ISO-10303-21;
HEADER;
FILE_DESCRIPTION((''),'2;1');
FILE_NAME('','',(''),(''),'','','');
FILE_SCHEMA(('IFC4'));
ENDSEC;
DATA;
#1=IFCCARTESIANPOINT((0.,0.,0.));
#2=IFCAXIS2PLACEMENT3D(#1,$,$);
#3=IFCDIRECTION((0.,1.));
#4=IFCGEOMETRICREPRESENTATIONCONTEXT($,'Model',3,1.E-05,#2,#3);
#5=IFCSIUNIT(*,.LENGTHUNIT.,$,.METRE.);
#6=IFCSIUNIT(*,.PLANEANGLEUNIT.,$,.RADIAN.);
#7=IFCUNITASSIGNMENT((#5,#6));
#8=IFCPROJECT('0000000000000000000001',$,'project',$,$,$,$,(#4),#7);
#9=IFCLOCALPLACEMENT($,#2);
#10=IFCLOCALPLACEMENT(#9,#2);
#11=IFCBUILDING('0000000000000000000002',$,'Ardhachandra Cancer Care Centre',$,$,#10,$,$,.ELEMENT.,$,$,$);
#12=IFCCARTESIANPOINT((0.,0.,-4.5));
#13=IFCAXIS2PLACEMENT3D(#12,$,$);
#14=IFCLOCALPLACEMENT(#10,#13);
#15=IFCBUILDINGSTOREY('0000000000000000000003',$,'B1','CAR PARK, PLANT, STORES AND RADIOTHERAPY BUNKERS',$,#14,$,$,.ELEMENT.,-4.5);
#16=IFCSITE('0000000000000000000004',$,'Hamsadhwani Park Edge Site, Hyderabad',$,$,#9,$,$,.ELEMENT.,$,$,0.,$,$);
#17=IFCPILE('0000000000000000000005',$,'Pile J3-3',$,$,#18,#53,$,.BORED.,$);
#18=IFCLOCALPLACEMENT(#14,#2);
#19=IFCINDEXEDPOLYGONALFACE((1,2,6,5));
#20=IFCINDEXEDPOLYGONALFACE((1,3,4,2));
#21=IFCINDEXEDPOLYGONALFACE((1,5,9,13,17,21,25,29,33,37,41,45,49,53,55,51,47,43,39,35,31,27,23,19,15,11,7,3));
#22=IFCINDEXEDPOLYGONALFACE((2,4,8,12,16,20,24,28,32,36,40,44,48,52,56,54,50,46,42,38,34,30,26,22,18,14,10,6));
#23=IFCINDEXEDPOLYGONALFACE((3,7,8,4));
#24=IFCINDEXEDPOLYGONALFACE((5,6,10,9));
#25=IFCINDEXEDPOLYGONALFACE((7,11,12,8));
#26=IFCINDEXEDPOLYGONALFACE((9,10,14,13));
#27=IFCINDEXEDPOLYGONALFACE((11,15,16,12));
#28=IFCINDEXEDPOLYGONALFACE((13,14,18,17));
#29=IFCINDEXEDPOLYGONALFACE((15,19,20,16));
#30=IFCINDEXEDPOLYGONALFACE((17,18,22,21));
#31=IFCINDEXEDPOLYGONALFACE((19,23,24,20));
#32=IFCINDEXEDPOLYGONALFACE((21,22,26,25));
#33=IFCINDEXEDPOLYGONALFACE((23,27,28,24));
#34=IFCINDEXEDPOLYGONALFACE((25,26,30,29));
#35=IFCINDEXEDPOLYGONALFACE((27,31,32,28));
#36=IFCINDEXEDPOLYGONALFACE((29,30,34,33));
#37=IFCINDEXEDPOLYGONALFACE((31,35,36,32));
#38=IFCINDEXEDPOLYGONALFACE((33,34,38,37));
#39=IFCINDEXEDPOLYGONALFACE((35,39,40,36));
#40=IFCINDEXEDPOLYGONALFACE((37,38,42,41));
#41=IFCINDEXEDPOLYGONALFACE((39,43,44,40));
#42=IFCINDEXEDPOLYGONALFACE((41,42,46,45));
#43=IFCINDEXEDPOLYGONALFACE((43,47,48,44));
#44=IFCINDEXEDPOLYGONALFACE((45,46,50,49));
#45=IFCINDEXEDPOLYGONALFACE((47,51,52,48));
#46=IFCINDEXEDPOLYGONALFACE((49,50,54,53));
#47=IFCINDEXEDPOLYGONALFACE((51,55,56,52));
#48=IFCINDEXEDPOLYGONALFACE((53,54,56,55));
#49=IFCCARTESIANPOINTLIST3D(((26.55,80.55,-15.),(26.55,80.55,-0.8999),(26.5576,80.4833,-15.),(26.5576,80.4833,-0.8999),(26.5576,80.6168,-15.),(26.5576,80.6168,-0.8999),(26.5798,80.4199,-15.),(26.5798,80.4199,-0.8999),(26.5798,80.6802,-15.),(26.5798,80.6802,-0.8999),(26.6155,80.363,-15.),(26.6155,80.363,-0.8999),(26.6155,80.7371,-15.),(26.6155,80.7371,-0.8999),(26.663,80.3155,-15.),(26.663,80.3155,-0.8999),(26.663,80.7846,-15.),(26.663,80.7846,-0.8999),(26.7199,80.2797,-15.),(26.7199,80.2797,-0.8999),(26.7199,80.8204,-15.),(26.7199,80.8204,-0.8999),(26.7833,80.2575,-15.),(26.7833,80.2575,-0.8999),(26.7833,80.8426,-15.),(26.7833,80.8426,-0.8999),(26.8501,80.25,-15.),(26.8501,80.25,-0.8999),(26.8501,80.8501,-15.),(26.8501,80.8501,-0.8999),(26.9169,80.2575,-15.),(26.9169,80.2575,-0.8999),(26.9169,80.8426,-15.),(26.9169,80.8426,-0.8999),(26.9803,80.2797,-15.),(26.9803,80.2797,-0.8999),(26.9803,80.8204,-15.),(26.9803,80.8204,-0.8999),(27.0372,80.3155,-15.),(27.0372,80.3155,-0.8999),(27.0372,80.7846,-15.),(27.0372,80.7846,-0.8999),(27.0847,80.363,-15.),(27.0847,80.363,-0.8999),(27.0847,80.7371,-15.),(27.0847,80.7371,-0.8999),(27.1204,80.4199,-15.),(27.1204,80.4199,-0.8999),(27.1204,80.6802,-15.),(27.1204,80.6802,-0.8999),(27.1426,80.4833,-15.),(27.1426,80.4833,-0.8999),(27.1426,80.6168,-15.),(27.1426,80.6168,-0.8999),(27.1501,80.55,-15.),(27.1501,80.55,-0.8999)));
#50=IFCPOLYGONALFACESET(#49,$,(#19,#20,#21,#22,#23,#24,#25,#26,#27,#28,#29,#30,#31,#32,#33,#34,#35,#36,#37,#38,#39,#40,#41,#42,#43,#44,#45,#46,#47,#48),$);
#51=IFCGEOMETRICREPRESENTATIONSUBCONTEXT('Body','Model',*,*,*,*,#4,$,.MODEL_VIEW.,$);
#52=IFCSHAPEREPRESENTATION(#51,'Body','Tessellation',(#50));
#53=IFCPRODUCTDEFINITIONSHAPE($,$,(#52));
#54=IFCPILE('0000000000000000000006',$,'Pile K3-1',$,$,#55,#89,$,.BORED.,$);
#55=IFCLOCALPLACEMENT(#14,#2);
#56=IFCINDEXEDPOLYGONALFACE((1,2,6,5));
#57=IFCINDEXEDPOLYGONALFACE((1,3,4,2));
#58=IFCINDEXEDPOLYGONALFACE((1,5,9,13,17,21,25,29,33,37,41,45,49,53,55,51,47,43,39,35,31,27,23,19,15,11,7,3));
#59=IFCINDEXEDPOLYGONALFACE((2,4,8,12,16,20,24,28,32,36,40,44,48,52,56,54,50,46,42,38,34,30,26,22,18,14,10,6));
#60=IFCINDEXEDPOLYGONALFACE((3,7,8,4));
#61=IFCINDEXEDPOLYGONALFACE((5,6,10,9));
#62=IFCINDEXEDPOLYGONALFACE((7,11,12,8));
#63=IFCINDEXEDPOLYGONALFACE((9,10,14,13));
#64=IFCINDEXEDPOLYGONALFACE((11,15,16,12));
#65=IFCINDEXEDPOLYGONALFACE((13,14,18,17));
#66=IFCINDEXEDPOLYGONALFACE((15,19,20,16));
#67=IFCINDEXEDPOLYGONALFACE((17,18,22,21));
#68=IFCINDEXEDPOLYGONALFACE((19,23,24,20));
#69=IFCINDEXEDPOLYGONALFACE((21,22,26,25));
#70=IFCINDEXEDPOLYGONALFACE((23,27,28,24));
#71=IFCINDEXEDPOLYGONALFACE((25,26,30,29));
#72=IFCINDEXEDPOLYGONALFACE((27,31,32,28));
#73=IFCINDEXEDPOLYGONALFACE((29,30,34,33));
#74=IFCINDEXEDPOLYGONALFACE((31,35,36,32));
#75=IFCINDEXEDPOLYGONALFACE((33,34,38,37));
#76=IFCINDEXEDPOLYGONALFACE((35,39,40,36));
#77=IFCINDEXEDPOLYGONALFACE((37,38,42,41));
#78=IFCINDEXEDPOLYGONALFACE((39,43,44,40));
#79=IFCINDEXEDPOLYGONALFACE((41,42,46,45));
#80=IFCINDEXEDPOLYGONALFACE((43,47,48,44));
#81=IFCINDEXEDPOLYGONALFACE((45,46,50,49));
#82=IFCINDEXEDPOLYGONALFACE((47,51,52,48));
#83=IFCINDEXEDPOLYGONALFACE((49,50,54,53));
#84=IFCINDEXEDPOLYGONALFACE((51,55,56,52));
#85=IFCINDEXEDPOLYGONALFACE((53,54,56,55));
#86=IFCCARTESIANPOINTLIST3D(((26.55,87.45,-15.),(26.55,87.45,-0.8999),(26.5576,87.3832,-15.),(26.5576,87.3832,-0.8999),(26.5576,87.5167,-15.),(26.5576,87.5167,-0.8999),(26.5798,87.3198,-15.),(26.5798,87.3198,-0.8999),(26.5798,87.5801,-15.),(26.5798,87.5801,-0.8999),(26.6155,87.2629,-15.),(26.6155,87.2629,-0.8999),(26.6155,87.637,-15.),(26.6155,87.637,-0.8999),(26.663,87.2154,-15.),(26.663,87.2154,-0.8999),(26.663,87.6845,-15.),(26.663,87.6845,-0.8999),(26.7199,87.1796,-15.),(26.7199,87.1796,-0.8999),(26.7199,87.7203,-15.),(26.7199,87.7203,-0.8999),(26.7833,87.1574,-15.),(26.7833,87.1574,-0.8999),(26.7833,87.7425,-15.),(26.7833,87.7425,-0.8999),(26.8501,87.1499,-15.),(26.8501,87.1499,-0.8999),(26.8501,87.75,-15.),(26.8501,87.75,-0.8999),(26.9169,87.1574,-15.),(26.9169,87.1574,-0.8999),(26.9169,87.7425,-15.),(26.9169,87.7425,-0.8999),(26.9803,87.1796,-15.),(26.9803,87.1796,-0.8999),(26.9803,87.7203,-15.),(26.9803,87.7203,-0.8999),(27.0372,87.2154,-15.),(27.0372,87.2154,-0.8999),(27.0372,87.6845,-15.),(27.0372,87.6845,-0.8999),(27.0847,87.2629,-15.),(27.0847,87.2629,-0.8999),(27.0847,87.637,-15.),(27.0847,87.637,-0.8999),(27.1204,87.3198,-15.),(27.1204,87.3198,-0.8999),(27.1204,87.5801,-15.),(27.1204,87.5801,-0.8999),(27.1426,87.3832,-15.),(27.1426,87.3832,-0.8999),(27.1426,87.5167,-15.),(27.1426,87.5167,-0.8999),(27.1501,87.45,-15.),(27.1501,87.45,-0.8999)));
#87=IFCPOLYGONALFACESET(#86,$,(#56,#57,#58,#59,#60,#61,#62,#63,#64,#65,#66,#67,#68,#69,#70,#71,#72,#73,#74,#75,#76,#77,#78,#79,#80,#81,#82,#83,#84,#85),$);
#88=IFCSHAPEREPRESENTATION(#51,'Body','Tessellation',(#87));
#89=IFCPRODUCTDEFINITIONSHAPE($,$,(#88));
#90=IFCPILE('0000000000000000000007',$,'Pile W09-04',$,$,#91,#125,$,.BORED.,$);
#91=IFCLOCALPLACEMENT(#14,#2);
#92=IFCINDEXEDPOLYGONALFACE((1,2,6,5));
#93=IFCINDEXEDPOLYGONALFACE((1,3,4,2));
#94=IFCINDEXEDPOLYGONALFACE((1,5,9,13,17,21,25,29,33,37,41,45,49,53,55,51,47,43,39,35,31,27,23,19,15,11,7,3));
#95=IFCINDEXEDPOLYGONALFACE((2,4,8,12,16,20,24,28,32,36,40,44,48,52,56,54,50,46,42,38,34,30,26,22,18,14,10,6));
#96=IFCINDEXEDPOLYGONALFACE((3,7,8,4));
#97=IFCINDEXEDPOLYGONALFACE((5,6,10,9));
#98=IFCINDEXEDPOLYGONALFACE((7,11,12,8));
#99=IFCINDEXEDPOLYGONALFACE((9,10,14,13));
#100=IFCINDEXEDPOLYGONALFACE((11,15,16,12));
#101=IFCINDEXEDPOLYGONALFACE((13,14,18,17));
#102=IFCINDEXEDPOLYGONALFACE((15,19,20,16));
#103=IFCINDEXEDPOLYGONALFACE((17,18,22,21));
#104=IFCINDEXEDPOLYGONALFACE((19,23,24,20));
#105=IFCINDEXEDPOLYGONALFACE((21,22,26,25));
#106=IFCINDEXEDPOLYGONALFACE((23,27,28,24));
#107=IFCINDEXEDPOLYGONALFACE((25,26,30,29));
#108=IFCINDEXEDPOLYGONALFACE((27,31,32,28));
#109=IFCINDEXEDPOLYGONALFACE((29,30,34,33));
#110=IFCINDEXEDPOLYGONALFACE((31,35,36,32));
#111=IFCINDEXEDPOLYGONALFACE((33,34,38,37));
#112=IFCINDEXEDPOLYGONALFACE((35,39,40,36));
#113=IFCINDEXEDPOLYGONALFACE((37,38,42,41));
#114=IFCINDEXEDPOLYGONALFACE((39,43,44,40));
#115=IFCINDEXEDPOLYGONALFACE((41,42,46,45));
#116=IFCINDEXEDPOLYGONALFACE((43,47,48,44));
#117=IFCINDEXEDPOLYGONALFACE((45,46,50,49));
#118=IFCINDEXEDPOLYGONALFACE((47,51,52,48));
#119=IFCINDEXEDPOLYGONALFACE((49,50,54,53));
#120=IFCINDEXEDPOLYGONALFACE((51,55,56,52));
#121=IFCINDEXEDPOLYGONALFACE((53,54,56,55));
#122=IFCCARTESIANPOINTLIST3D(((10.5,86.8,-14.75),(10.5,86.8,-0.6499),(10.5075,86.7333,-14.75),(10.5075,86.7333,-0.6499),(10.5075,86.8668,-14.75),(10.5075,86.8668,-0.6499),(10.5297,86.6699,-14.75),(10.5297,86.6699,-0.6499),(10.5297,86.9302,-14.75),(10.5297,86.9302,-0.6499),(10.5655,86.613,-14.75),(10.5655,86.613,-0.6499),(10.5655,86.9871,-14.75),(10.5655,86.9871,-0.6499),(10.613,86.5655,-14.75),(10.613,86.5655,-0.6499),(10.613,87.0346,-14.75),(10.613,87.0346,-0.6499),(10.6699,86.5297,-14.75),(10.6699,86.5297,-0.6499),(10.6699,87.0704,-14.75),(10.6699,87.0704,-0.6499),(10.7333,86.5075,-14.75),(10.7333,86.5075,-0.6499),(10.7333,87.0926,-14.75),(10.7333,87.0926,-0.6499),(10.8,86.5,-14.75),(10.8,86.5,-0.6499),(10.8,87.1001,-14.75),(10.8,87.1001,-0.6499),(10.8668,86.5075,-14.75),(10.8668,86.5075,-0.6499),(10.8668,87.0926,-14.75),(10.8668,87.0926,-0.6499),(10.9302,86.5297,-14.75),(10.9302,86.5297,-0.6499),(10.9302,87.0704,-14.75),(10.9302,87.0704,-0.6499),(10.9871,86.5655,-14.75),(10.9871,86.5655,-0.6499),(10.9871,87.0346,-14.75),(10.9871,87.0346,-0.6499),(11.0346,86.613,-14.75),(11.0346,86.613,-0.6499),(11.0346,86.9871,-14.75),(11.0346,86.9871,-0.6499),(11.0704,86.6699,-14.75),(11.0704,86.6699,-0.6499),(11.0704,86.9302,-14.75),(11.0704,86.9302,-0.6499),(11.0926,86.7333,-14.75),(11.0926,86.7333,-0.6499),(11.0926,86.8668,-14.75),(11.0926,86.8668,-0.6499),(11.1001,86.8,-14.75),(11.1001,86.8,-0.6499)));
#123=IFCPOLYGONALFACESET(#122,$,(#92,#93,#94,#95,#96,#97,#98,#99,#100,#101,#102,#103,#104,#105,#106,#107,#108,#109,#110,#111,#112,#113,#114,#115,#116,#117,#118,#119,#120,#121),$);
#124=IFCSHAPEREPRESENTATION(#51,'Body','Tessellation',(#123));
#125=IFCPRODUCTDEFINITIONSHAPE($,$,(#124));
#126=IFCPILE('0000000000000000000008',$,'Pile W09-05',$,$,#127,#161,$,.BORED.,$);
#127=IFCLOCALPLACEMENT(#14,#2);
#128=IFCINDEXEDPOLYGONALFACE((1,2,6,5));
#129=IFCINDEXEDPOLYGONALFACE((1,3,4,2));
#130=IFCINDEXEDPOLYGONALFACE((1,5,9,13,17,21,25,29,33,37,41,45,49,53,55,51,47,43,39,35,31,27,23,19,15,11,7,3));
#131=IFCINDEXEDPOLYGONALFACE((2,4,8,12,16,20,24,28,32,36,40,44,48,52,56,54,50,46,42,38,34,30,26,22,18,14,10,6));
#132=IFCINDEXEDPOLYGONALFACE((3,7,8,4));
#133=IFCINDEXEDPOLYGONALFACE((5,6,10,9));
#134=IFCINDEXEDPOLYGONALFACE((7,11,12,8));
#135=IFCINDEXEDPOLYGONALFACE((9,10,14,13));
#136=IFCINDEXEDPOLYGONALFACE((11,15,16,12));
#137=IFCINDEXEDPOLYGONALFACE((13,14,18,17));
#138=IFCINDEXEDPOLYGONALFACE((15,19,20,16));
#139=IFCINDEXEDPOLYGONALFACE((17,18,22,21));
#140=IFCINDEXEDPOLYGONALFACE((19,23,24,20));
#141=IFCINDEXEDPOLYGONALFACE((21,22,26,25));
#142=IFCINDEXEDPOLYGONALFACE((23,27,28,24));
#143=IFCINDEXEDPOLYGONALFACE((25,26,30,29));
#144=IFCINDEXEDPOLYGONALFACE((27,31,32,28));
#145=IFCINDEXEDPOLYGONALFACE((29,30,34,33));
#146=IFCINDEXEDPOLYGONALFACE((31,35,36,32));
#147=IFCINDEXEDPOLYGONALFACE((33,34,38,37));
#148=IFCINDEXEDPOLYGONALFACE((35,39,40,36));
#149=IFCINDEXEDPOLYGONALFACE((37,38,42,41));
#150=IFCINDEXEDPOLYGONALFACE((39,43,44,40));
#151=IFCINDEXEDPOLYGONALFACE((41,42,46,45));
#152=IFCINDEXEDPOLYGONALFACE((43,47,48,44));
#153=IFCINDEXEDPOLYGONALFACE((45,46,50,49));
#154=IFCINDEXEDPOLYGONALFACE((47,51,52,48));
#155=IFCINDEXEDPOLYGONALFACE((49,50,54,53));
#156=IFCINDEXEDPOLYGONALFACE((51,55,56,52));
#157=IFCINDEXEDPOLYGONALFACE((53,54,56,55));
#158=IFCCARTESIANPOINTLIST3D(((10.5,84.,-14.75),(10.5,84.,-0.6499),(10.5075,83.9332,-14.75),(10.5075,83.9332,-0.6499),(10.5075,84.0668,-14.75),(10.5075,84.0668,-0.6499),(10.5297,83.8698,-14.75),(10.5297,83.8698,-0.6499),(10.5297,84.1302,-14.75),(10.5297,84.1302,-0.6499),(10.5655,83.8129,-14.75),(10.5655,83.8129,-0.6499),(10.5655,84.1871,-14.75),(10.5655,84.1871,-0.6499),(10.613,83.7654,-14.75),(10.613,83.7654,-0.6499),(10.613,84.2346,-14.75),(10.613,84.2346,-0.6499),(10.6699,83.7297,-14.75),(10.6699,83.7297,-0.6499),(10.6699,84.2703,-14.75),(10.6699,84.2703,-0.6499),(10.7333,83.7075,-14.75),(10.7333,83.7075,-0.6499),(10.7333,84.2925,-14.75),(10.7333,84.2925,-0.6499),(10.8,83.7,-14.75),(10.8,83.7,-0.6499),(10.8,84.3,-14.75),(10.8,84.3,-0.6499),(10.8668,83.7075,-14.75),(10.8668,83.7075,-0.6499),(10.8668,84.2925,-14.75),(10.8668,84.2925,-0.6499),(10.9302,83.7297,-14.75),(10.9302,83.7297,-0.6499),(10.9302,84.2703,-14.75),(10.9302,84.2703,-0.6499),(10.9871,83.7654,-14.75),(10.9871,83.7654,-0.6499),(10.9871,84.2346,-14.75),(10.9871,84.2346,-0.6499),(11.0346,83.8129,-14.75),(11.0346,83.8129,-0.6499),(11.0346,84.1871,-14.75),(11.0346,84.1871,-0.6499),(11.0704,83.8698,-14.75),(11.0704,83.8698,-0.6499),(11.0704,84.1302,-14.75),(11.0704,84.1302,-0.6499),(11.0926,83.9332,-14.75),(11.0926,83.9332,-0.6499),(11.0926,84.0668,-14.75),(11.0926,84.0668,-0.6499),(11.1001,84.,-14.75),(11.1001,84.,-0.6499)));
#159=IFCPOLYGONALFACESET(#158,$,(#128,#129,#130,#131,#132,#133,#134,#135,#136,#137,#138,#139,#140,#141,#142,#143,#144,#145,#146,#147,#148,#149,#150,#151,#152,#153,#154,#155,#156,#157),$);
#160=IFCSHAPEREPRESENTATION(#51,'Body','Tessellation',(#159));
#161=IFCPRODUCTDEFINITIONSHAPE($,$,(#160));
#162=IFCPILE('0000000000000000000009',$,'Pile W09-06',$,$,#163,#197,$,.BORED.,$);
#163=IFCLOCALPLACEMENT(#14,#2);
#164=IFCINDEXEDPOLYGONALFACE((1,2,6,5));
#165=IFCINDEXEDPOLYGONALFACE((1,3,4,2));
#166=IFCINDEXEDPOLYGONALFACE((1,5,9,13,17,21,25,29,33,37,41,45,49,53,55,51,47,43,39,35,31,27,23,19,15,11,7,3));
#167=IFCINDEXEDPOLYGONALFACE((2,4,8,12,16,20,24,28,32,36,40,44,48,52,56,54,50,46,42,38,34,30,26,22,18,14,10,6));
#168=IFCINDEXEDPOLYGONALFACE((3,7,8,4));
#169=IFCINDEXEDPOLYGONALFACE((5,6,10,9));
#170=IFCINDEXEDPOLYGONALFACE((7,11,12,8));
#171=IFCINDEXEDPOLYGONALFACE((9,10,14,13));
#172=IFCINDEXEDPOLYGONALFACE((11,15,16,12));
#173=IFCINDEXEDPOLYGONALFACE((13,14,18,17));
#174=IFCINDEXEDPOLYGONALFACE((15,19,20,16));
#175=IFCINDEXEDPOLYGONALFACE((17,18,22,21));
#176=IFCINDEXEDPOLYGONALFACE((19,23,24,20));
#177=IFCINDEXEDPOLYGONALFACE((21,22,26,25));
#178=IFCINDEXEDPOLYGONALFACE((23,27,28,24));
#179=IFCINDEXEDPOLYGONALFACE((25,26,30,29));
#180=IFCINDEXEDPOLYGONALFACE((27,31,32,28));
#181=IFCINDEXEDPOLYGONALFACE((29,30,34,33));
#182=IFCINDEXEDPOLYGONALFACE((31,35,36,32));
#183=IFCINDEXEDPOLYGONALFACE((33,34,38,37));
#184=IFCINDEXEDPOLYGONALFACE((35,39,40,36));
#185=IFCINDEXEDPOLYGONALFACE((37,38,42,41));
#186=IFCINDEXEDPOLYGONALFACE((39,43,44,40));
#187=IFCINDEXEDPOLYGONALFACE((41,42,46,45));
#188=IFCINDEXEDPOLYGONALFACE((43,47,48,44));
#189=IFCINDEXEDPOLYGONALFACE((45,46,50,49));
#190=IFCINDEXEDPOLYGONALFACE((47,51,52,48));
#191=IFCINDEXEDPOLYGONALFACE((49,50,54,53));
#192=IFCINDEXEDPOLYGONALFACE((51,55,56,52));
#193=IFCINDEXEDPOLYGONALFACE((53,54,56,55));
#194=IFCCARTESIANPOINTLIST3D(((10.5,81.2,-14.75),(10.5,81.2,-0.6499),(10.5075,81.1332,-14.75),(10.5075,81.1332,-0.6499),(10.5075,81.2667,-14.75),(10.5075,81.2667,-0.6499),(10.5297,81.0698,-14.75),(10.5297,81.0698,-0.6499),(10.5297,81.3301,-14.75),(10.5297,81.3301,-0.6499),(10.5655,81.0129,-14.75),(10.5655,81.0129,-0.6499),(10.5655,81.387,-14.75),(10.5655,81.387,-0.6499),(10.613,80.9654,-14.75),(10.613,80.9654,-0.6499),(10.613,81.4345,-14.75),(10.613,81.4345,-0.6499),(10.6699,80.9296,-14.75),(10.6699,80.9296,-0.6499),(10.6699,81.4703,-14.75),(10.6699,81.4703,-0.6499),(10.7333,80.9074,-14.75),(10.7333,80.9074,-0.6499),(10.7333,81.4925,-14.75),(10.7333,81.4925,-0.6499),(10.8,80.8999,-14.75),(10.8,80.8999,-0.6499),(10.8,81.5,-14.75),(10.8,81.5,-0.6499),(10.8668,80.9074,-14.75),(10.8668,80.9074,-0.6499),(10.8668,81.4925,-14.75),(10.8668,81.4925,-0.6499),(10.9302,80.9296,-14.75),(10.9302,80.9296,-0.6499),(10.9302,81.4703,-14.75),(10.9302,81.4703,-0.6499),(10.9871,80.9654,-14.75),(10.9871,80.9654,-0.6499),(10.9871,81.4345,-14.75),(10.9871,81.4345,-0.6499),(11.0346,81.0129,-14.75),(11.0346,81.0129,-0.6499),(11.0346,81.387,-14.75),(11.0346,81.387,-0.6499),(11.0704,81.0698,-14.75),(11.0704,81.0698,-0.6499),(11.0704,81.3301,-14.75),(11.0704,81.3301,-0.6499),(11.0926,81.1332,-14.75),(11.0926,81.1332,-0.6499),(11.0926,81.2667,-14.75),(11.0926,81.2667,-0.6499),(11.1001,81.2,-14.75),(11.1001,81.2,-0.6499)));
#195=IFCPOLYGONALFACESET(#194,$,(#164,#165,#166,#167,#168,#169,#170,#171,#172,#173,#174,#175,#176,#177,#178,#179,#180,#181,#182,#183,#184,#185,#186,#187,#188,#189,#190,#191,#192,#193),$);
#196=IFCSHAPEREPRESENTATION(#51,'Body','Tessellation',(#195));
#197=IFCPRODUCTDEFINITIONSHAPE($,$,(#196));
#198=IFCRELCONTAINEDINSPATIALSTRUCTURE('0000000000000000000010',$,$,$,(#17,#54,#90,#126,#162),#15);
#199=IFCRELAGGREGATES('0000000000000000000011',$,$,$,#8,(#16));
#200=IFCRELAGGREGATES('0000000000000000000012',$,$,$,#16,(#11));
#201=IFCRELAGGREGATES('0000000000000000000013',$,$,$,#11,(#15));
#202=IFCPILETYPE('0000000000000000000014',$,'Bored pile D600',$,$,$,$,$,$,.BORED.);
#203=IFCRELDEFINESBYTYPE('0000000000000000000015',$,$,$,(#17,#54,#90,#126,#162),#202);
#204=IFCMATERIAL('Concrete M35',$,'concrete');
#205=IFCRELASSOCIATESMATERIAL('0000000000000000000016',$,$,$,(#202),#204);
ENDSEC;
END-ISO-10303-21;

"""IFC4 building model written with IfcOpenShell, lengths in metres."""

from ifc_helpers import new_model, si_unit, direction, frame, origin, origin_2d, place, context, subcontext, project, spatial, circle, extrude, material, material_profile, profile_set, type_object, element, save


model = new_model("IFC4")

# Units and contexts
model_context = context("Model", 3, precision=1e-05, world=origin(), true_north=direction((0.0, 1.0)))
body_context = subcontext(model_context, "Body", "Model", "MODEL_VIEW")
ifc_project = project(units=[si_unit("LENGTHUNIT", "METRE"), si_unit("PLANEANGLEUNIT", "RADIAN")], contexts=[model_context])

# Site, building, storey
site_placement = place(None, origin())
site = spatial("IfcSite", under=ifc_project, at=site_placement, Name="Hamsadhwani Park Edge Site, Hyderabad", CompositionType="ELEMENT", RefElevation=0.0)
building_placement = place(site_placement, origin())
building = spatial("IfcBuilding", under=site, at=building_placement, Name="Ardhachandra Cancer Care Centre", CompositionType="ELEMENT")
storey_placement = place(building_placement, frame((0.0, 0.0, -4.5)))
storey = spatial("IfcBuildingStorey", under=building, at=storey_placement, Name="B1", Description="CAR PARK, PLANT, STORES AND RADIOTHERAPY BUNKERS", CompositionType="ELEMENT", Elevation=-4.5)

# Piles
ifc_material_1 = material(Name="Concrete M35", Category="concrete")
ifc_material_profile_1 = material_profile(ifc_material_1, circle(Radius=0.3, at=origin_2d()), Name="D600")
ifc_profile_set_1 = profile_set([ifc_material_profile_1], Name="Concrete M35")
pile_type_1 = type_object("IfcPileType", Name="Bored pile D600", PredefinedType="BORED", material=ifc_profile_set_1)
for number, where, z_axis, x_axis, name in (
    (1, (26.8501, 80.55, -0.8999), (0.0, 0.0, -1.0), (1.0, 0.0, 0.0), "Pile J3-3"),
    (2, (26.8501, 87.45, -0.8999), (0.0, 0.0, -1.0), (1.0, 0.0, 0.0), "Pile K3-1"),
    (3, (10.8, 86.8, -0.6499), (0.0, 0.0, -1.0), (1.0, 0.0, 0.0), "Pile W09-04"),
    (4, (10.8, 84.0, -0.6499), (0.0, 0.0, -1.0), (1.0, 0.0, 0.0), "Pile W09-05"),
    (5, (10.8, 81.2, -0.6499), (0.0, 0.0, -1.0), (1.0, 0.0, 0.0), "Pile W09-06"),
):
    element("IfcPile", number, at=place(storey_placement, frame(where, z_axis=z_axis, x_axis=x_axis)), inside=storey, type_object=pile_type_1, Name=name, PredefinedType="BORED", context=body_context, shape_type="SweptSolid", body=[
        extrude(circle(Radius=0.3, at=origin_2d()), origin(), (0.0, 0.0, 1.0), 14.1001),
    ])

save(model, "model.ifc")
